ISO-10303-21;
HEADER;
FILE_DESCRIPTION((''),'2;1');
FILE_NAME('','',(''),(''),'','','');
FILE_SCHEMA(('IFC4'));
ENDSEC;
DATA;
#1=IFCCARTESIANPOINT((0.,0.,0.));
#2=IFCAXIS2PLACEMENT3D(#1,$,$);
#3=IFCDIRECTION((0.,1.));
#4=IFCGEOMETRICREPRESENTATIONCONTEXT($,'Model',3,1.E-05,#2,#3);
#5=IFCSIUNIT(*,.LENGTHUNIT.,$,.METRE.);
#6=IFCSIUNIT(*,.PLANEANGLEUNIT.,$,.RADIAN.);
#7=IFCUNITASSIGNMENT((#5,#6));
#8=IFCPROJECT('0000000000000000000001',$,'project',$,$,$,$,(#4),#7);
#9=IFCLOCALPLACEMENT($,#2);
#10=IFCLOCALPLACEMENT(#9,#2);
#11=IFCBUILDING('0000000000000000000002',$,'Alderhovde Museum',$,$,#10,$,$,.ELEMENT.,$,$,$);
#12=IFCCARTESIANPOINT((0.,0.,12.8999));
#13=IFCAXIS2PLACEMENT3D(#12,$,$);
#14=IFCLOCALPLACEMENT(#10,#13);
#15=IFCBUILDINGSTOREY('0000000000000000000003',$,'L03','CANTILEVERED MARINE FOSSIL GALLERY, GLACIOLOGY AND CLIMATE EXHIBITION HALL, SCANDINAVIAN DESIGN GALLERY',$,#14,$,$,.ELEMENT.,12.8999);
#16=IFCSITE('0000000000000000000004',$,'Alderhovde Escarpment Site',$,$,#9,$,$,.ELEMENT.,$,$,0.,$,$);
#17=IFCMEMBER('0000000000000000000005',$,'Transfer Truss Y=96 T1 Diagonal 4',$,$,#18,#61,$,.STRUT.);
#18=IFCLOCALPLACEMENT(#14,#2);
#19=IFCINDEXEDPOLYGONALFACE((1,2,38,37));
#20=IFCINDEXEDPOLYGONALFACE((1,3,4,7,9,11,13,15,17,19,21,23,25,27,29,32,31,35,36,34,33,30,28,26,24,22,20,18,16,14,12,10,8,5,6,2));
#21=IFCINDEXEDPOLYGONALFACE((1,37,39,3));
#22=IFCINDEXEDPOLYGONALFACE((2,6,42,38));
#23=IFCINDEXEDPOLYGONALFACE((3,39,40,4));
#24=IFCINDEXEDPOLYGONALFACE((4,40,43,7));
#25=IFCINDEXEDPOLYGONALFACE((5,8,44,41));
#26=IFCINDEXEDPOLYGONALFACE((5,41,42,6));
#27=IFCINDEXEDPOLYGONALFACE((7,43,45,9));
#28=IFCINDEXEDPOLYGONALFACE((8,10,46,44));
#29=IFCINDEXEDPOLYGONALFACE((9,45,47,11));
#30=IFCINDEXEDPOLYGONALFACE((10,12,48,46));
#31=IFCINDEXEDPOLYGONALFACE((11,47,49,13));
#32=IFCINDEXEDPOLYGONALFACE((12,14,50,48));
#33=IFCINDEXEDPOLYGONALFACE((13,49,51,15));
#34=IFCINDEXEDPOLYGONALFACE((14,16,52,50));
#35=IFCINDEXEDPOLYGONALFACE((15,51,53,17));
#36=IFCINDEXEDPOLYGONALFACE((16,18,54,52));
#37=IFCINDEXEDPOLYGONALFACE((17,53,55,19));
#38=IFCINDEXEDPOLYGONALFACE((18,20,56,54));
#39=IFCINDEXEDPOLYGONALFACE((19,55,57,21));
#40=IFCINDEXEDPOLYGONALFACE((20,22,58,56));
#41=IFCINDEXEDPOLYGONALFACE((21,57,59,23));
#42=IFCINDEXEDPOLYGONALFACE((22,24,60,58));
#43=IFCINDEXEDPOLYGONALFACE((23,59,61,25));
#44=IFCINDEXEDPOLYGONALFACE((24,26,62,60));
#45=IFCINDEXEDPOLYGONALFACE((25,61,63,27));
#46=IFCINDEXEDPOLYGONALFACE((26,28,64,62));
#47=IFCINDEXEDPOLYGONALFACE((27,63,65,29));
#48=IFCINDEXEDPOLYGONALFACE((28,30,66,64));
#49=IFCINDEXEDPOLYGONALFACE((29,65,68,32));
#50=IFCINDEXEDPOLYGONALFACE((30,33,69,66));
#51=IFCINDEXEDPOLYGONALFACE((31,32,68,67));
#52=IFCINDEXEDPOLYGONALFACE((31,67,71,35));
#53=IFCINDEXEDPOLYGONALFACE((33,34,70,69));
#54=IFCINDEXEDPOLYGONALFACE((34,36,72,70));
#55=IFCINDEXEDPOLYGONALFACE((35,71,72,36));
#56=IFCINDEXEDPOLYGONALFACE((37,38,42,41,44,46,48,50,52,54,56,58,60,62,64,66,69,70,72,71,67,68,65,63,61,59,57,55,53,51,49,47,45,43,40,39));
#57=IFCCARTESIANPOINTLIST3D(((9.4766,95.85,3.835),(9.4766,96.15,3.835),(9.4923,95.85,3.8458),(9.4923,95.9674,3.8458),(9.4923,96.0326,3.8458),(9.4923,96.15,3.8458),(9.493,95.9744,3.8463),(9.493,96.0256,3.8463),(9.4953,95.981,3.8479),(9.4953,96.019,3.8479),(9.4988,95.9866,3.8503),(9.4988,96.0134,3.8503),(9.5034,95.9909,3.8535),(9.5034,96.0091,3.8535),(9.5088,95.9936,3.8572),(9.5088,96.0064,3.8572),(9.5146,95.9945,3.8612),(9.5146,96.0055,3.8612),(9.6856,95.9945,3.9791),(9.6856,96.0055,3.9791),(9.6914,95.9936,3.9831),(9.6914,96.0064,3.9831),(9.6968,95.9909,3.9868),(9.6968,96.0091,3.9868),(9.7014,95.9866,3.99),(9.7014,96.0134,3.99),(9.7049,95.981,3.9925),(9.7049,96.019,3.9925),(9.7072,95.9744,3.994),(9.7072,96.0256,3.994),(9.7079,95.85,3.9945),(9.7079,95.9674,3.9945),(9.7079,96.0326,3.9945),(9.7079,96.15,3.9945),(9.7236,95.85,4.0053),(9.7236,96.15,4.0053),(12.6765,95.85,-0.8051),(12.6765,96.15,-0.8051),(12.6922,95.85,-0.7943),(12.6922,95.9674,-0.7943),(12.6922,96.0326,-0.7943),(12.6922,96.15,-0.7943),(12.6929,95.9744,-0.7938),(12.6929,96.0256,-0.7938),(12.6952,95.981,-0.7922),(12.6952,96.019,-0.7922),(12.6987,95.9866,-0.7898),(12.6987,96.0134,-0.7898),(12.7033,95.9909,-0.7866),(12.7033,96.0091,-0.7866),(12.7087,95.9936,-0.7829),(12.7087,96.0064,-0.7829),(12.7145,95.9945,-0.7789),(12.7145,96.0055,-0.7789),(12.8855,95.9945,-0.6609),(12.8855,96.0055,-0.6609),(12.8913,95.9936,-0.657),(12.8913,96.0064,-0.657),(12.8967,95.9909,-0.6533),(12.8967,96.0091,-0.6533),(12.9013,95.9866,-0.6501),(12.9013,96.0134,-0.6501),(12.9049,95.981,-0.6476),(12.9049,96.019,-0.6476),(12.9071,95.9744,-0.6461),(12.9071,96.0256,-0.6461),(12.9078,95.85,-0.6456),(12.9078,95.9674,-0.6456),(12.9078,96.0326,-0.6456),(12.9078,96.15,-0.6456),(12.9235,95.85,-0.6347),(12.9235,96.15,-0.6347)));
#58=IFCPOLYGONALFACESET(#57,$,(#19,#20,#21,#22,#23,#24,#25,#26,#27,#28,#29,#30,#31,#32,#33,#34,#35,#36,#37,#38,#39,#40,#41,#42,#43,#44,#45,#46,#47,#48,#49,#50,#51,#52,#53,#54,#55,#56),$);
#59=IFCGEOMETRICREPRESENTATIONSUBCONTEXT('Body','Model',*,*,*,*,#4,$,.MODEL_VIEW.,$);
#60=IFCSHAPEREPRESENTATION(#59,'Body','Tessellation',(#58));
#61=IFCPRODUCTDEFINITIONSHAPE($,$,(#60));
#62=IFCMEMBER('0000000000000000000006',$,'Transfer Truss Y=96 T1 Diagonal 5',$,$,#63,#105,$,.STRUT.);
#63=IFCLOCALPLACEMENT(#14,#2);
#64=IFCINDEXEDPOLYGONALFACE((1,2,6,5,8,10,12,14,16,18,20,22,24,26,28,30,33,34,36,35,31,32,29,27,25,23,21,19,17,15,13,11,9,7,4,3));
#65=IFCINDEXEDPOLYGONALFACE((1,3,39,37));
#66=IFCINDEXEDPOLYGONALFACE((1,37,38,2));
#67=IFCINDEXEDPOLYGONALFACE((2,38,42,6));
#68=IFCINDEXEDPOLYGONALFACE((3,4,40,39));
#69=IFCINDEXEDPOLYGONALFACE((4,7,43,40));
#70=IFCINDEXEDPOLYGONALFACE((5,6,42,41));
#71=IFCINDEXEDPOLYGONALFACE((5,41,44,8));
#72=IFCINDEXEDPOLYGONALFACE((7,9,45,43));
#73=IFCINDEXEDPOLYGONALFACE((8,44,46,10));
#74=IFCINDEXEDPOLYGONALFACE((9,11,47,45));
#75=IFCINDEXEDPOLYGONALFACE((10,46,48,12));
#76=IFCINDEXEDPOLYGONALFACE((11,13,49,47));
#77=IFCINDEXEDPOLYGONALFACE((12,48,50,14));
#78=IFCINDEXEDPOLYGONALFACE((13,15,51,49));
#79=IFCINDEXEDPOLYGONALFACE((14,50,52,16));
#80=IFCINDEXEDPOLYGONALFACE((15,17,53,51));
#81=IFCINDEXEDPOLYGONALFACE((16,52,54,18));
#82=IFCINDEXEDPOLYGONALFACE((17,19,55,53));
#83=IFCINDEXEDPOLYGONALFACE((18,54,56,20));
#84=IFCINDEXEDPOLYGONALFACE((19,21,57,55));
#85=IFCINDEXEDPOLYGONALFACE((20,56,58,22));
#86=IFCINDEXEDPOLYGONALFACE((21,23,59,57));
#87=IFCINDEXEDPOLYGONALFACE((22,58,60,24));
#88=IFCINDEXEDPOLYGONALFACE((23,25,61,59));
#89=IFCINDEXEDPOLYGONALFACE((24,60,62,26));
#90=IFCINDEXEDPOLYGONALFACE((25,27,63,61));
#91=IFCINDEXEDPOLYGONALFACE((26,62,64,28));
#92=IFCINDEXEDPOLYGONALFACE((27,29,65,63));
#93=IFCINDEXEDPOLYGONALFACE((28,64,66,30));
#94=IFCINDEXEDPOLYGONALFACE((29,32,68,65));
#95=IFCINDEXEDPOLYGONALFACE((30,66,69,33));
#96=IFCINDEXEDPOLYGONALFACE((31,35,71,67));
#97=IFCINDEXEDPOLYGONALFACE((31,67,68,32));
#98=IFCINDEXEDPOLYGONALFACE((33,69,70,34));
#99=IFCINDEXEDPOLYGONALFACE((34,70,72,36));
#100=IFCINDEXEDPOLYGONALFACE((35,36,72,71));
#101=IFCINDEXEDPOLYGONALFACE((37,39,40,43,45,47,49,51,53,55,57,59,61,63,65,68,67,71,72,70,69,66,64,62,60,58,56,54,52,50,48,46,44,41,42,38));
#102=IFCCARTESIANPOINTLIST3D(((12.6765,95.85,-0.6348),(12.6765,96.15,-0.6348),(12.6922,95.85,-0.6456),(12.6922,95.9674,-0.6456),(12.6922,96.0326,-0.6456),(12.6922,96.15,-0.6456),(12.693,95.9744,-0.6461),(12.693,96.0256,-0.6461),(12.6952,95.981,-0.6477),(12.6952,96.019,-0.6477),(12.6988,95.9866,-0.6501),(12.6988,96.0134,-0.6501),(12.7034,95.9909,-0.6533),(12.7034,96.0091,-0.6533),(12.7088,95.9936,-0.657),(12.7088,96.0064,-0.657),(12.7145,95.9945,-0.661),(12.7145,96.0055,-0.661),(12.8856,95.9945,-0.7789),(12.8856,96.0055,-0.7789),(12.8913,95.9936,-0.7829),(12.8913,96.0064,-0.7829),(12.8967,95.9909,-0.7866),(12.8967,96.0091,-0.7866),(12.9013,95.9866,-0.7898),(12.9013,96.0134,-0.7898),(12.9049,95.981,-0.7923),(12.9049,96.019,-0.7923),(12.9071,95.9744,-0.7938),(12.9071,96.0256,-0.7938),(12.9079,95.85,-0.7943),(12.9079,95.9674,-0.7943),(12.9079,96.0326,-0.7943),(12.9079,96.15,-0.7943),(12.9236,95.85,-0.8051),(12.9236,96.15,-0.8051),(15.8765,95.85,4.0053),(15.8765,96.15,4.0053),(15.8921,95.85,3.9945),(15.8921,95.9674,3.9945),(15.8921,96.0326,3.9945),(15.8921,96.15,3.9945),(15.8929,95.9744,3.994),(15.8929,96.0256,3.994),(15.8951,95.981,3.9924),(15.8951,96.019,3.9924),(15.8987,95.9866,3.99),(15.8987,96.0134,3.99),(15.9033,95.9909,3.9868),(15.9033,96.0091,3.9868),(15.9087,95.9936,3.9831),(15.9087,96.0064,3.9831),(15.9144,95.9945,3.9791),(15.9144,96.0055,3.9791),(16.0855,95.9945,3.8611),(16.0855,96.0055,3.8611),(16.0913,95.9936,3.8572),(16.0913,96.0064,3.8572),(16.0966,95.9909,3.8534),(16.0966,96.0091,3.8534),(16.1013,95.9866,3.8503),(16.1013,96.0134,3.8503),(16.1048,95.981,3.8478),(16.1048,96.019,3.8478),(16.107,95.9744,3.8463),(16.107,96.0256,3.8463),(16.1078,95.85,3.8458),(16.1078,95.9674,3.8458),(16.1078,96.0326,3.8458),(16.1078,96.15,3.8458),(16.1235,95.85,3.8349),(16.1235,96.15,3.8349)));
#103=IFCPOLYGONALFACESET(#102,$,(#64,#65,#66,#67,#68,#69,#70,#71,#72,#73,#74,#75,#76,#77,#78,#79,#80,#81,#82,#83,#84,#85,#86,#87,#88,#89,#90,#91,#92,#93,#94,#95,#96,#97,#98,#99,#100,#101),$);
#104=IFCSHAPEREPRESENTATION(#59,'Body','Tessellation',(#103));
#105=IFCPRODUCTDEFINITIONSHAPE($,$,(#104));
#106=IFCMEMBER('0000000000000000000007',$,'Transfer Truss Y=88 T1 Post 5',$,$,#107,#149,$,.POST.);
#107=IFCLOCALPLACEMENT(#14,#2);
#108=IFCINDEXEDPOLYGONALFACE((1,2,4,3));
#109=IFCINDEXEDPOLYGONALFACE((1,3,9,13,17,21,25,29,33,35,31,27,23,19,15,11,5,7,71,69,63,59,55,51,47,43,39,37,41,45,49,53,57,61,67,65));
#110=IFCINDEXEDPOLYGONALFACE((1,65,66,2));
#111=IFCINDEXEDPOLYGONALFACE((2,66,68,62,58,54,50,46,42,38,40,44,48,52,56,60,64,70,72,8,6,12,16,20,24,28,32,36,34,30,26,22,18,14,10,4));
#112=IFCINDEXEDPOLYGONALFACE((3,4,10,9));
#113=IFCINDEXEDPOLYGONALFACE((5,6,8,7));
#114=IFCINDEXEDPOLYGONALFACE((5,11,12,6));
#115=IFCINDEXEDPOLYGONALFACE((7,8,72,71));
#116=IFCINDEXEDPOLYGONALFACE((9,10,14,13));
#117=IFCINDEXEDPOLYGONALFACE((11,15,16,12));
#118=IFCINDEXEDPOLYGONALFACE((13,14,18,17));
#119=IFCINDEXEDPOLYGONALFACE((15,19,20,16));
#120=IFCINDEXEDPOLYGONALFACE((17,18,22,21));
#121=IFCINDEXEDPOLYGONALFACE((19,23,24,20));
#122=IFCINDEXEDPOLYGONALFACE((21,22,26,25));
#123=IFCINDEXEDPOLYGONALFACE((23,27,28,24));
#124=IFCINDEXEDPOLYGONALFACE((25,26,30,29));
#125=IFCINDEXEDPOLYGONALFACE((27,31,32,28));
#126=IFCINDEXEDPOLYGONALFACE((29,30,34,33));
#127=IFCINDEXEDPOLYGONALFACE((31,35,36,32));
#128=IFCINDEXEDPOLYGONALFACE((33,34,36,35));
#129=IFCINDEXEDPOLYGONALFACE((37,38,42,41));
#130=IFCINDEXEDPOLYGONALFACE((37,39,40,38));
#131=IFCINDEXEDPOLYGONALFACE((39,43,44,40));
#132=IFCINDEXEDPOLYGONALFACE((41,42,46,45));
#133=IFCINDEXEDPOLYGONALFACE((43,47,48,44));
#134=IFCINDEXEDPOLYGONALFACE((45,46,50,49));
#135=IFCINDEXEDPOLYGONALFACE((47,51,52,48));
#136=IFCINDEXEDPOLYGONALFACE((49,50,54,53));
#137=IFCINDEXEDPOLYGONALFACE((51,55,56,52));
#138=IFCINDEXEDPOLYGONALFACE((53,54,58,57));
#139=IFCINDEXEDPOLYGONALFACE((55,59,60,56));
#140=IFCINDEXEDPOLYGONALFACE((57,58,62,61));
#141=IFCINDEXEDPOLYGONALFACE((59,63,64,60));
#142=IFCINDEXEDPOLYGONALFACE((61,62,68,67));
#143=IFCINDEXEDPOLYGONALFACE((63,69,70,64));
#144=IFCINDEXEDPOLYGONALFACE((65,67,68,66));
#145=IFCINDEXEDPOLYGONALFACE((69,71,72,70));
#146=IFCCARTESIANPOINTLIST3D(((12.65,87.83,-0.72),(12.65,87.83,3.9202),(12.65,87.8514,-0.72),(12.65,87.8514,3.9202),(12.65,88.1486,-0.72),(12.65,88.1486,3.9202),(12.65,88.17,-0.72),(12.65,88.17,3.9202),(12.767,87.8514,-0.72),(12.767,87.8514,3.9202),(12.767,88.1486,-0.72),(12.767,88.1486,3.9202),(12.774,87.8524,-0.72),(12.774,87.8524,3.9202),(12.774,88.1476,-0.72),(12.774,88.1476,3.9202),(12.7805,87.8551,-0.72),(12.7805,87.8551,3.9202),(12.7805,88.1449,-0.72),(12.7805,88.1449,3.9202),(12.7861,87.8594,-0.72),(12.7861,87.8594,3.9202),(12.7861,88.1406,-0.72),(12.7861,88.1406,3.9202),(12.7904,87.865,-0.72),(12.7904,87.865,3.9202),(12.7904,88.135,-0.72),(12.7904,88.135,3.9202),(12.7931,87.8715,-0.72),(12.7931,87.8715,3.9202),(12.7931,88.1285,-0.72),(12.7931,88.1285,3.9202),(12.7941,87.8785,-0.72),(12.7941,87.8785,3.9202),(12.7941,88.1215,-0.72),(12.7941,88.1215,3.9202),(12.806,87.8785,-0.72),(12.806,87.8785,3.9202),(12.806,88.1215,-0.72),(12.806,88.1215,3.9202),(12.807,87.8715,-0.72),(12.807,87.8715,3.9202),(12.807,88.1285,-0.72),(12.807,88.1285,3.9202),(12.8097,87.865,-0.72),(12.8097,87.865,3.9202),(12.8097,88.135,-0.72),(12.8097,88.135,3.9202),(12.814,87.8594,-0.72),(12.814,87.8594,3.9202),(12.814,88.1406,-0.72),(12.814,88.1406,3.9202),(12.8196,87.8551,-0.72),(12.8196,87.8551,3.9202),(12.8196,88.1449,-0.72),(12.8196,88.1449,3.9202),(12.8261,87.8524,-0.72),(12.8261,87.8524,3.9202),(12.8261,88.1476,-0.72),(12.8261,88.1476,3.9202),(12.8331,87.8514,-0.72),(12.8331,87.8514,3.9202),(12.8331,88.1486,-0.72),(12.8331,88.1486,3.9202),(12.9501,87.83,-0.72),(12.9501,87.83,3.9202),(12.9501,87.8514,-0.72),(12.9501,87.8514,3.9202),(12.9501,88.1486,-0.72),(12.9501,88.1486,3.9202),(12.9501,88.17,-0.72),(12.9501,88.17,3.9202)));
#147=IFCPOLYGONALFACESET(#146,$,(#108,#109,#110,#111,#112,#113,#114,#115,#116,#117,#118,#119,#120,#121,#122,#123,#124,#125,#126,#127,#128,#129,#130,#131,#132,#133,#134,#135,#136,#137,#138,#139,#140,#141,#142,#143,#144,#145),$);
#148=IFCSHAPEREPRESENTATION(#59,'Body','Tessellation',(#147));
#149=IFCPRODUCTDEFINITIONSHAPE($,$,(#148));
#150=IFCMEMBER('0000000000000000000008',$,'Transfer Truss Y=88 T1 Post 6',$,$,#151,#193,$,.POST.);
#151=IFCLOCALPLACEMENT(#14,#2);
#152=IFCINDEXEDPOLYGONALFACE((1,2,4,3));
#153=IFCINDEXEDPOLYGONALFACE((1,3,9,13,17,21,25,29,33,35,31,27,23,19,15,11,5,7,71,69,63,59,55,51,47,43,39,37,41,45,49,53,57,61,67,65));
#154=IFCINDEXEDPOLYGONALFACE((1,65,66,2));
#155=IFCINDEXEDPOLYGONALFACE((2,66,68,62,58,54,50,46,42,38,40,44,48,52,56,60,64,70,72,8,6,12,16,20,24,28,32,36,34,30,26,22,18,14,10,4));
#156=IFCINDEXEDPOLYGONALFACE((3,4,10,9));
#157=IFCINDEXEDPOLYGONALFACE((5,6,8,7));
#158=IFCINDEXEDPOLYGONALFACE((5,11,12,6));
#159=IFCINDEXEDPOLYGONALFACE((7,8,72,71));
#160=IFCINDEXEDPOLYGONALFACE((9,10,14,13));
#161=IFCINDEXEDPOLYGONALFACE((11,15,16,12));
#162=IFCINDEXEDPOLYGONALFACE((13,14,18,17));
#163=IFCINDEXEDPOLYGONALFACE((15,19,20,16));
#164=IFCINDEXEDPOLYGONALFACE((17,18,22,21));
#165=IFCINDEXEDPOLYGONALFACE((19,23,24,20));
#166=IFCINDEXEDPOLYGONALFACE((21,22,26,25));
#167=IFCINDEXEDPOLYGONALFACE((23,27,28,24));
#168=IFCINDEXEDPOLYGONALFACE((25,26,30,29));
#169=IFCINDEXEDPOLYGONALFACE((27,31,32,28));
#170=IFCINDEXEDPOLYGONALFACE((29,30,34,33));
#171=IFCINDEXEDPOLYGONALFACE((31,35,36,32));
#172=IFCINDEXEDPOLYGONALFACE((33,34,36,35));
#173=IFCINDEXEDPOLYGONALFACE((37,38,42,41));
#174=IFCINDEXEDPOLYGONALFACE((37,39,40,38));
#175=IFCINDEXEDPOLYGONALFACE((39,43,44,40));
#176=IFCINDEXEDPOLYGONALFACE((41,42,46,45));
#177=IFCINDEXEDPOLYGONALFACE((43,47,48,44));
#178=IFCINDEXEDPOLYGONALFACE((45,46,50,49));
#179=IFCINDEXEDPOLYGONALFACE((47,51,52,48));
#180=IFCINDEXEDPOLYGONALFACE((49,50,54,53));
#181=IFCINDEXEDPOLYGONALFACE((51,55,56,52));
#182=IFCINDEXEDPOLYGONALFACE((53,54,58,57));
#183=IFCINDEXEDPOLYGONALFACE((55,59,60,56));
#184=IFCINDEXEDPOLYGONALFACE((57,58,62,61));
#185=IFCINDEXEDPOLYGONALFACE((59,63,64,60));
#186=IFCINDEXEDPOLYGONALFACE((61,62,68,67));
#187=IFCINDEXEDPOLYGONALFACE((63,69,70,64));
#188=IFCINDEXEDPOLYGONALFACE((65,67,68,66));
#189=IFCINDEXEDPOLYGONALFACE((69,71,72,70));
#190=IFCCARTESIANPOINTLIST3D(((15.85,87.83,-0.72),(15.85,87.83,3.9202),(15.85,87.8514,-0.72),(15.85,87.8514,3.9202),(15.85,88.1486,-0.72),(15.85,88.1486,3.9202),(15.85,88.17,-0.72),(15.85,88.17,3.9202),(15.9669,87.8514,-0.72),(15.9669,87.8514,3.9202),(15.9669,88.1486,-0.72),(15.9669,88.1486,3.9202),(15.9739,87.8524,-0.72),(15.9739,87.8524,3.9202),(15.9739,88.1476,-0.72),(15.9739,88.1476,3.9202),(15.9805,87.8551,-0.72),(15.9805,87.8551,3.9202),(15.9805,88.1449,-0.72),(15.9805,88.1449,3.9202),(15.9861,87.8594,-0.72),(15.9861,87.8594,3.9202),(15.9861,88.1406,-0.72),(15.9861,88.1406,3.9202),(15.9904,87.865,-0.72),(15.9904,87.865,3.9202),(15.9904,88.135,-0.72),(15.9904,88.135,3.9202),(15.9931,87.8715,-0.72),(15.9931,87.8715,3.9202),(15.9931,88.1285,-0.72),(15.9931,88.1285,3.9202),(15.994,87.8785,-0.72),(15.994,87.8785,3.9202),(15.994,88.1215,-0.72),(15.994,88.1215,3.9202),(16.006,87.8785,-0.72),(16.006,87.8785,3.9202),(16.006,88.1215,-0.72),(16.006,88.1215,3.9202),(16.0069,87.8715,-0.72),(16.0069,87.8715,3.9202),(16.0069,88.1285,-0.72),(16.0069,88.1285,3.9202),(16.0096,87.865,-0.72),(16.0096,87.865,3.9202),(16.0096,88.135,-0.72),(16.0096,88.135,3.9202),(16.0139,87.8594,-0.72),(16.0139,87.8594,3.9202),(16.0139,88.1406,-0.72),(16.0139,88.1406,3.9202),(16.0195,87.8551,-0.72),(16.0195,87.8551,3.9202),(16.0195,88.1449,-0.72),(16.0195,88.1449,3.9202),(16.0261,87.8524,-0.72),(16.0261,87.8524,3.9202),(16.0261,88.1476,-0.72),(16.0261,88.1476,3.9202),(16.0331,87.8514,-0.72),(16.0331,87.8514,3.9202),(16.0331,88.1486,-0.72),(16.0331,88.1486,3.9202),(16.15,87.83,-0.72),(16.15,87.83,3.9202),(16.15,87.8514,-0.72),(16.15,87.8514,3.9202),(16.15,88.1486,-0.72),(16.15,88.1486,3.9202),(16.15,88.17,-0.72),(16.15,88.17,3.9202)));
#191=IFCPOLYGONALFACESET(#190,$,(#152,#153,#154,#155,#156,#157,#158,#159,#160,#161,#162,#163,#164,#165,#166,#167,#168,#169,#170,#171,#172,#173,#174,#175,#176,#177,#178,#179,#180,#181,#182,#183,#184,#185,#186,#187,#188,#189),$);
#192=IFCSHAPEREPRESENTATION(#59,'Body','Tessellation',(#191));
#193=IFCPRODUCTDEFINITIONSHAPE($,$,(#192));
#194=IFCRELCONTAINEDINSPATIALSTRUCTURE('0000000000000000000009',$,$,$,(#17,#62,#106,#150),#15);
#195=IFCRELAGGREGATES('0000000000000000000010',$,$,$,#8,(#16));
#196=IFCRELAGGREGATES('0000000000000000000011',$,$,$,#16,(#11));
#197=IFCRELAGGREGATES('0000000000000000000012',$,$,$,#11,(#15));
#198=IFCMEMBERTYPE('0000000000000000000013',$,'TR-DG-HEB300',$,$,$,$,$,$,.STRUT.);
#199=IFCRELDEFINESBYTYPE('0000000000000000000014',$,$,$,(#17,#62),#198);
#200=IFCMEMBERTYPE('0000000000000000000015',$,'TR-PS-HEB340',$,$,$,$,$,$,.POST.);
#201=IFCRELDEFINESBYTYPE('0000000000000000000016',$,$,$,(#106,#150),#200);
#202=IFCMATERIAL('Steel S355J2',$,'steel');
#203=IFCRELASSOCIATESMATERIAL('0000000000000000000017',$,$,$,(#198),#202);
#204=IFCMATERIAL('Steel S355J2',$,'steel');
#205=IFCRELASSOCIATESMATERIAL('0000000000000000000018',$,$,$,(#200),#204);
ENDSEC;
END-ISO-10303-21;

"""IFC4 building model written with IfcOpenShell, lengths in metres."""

from ifc_helpers import new_model, si_unit, direction, frame, origin, origin_2d, place, context, subcontext, project, spatial, i_section, extrude, material, material_profile, profile_set, type_object, element, save


model = new_model("IFC4")

# Units and contexts
model_context = context("Model", 3, precision=1e-05, world=origin(), true_north=direction((0.0, 1.0)))
body_context = subcontext(model_context, "Body", "Model", "MODEL_VIEW")
ifc_project = project(units=[si_unit("LENGTHUNIT", "METRE"), si_unit("PLANEANGLEUNIT", "RADIAN")], contexts=[model_context])

# Site, building, storey
site_placement = place(None, origin())
site = spatial("IfcSite", under=ifc_project, at=site_placement, Name="Alderhovde Escarpment Site", CompositionType="ELEMENT", RefElevation=0.0)
building_placement = place(site_placement, origin())
building = spatial("IfcBuilding", under=site, at=building_placement, Name="Alderhovde Museum", CompositionType="ELEMENT")
storey_placement = place(building_placement, frame((0.0, 0.0, 12.8999)))
storey = spatial("IfcBuildingStorey", under=building, at=storey_placement, Name="L03", Description="CANTILEVERED MARINE FOSSIL GALLERY, GLACIOLOGY AND CLIMATE EXHIBITION HALL, SCANDINAVIAN DESIGN GALLERY", CompositionType="ELEMENT", Elevation=12.8999)

# Members
ifc_material_1 = material(Name="Steel S355J2", Category="steel")
ifc_material_profile_1 = material_profile(ifc_material_1, i_section(OverallWidth=0.3, OverallDepth=0.3, WebThickness=0.011, FlangeThickness=0.019, FilletRadius=0.0271, at=origin_2d()), Name="HEB 300")
ifc_profile_set_1 = profile_set([ifc_material_profile_1], Name="Steel S355J2")
member_type_1 = type_object("IfcMemberType", Name="TR-DG-HEB300", PredefinedType="STRUT", material=ifc_profile_set_1)
for number, where, z_axis, x_axis, name in (
    (1, (9.6001, 96.0, 3.9202), (0.567716, 0.0, -0.823225), (0.0, 1.0, 0.0), "Transfer Truss Y=96 T1 Diagonal 4"),
    (2, (12.8, 96.0, -0.72), (0.567716, 0.0, 0.823225), (0.0, 1.0, 0.0), "Transfer Truss Y=96 T1 Diagonal 5"),
):
    element("IfcMember", number, at=place(storey_placement, frame(where, z_axis=z_axis, x_axis=x_axis)), inside=storey, type_object=member_type_1, Name=name, PredefinedType="STRUT", context=body_context, shape_type="SweptSolid", body=[
        extrude(i_section(OverallWidth=0.3, OverallDepth=0.3, WebThickness=0.011, FlangeThickness=0.019, FilletRadius=0.0271, at=origin_2d()), origin(), (0.0, 0.0, 1.0), 5.6365),
    ])
ifc_material_2 = material(Name="Steel S355J2", Category="steel")
ifc_material_profile_2 = material_profile(ifc_material_2, i_section(OverallWidth=0.3, OverallDepth=0.3401, WebThickness=0.012, FlangeThickness=0.0215, FilletRadius=0.0271, at=origin_2d()), Name="HEB 340")
ifc_profile_set_2 = profile_set([ifc_material_profile_2], Name="Steel S355J2")
member_type_2 = type_object("IfcMemberType", Name="TR-PS-HEB340", PredefinedType="POST", material=ifc_profile_set_2)
for number, where, z_axis, x_axis, name in (
    (3, (12.8, 88.0, -0.72), (0.0, 0.0, 1.0), (1.0, 0.0, 0.0), "Transfer Truss Y=88 T1 Post 5"),
    (4, (16.0, 88.0, -0.72), (0.0, 0.0, 1.0), (1.0, 0.0, 0.0), "Transfer Truss Y=88 T1 Post 6"),
):
    element("IfcMember", number, at=place(storey_placement, frame(where, z_axis=z_axis, x_axis=x_axis)), inside=storey, type_object=member_type_2, Name=name, PredefinedType="POST", context=body_context, shape_type="SweptSolid", body=[
        extrude(i_section(OverallWidth=0.3, OverallDepth=0.3401, WebThickness=0.012, FlangeThickness=0.0215, FilletRadius=0.0271, at=origin_2d()), origin(), (0.0, 0.0, 1.0), 4.6401),
    ])

save(model, "model.ifc")
